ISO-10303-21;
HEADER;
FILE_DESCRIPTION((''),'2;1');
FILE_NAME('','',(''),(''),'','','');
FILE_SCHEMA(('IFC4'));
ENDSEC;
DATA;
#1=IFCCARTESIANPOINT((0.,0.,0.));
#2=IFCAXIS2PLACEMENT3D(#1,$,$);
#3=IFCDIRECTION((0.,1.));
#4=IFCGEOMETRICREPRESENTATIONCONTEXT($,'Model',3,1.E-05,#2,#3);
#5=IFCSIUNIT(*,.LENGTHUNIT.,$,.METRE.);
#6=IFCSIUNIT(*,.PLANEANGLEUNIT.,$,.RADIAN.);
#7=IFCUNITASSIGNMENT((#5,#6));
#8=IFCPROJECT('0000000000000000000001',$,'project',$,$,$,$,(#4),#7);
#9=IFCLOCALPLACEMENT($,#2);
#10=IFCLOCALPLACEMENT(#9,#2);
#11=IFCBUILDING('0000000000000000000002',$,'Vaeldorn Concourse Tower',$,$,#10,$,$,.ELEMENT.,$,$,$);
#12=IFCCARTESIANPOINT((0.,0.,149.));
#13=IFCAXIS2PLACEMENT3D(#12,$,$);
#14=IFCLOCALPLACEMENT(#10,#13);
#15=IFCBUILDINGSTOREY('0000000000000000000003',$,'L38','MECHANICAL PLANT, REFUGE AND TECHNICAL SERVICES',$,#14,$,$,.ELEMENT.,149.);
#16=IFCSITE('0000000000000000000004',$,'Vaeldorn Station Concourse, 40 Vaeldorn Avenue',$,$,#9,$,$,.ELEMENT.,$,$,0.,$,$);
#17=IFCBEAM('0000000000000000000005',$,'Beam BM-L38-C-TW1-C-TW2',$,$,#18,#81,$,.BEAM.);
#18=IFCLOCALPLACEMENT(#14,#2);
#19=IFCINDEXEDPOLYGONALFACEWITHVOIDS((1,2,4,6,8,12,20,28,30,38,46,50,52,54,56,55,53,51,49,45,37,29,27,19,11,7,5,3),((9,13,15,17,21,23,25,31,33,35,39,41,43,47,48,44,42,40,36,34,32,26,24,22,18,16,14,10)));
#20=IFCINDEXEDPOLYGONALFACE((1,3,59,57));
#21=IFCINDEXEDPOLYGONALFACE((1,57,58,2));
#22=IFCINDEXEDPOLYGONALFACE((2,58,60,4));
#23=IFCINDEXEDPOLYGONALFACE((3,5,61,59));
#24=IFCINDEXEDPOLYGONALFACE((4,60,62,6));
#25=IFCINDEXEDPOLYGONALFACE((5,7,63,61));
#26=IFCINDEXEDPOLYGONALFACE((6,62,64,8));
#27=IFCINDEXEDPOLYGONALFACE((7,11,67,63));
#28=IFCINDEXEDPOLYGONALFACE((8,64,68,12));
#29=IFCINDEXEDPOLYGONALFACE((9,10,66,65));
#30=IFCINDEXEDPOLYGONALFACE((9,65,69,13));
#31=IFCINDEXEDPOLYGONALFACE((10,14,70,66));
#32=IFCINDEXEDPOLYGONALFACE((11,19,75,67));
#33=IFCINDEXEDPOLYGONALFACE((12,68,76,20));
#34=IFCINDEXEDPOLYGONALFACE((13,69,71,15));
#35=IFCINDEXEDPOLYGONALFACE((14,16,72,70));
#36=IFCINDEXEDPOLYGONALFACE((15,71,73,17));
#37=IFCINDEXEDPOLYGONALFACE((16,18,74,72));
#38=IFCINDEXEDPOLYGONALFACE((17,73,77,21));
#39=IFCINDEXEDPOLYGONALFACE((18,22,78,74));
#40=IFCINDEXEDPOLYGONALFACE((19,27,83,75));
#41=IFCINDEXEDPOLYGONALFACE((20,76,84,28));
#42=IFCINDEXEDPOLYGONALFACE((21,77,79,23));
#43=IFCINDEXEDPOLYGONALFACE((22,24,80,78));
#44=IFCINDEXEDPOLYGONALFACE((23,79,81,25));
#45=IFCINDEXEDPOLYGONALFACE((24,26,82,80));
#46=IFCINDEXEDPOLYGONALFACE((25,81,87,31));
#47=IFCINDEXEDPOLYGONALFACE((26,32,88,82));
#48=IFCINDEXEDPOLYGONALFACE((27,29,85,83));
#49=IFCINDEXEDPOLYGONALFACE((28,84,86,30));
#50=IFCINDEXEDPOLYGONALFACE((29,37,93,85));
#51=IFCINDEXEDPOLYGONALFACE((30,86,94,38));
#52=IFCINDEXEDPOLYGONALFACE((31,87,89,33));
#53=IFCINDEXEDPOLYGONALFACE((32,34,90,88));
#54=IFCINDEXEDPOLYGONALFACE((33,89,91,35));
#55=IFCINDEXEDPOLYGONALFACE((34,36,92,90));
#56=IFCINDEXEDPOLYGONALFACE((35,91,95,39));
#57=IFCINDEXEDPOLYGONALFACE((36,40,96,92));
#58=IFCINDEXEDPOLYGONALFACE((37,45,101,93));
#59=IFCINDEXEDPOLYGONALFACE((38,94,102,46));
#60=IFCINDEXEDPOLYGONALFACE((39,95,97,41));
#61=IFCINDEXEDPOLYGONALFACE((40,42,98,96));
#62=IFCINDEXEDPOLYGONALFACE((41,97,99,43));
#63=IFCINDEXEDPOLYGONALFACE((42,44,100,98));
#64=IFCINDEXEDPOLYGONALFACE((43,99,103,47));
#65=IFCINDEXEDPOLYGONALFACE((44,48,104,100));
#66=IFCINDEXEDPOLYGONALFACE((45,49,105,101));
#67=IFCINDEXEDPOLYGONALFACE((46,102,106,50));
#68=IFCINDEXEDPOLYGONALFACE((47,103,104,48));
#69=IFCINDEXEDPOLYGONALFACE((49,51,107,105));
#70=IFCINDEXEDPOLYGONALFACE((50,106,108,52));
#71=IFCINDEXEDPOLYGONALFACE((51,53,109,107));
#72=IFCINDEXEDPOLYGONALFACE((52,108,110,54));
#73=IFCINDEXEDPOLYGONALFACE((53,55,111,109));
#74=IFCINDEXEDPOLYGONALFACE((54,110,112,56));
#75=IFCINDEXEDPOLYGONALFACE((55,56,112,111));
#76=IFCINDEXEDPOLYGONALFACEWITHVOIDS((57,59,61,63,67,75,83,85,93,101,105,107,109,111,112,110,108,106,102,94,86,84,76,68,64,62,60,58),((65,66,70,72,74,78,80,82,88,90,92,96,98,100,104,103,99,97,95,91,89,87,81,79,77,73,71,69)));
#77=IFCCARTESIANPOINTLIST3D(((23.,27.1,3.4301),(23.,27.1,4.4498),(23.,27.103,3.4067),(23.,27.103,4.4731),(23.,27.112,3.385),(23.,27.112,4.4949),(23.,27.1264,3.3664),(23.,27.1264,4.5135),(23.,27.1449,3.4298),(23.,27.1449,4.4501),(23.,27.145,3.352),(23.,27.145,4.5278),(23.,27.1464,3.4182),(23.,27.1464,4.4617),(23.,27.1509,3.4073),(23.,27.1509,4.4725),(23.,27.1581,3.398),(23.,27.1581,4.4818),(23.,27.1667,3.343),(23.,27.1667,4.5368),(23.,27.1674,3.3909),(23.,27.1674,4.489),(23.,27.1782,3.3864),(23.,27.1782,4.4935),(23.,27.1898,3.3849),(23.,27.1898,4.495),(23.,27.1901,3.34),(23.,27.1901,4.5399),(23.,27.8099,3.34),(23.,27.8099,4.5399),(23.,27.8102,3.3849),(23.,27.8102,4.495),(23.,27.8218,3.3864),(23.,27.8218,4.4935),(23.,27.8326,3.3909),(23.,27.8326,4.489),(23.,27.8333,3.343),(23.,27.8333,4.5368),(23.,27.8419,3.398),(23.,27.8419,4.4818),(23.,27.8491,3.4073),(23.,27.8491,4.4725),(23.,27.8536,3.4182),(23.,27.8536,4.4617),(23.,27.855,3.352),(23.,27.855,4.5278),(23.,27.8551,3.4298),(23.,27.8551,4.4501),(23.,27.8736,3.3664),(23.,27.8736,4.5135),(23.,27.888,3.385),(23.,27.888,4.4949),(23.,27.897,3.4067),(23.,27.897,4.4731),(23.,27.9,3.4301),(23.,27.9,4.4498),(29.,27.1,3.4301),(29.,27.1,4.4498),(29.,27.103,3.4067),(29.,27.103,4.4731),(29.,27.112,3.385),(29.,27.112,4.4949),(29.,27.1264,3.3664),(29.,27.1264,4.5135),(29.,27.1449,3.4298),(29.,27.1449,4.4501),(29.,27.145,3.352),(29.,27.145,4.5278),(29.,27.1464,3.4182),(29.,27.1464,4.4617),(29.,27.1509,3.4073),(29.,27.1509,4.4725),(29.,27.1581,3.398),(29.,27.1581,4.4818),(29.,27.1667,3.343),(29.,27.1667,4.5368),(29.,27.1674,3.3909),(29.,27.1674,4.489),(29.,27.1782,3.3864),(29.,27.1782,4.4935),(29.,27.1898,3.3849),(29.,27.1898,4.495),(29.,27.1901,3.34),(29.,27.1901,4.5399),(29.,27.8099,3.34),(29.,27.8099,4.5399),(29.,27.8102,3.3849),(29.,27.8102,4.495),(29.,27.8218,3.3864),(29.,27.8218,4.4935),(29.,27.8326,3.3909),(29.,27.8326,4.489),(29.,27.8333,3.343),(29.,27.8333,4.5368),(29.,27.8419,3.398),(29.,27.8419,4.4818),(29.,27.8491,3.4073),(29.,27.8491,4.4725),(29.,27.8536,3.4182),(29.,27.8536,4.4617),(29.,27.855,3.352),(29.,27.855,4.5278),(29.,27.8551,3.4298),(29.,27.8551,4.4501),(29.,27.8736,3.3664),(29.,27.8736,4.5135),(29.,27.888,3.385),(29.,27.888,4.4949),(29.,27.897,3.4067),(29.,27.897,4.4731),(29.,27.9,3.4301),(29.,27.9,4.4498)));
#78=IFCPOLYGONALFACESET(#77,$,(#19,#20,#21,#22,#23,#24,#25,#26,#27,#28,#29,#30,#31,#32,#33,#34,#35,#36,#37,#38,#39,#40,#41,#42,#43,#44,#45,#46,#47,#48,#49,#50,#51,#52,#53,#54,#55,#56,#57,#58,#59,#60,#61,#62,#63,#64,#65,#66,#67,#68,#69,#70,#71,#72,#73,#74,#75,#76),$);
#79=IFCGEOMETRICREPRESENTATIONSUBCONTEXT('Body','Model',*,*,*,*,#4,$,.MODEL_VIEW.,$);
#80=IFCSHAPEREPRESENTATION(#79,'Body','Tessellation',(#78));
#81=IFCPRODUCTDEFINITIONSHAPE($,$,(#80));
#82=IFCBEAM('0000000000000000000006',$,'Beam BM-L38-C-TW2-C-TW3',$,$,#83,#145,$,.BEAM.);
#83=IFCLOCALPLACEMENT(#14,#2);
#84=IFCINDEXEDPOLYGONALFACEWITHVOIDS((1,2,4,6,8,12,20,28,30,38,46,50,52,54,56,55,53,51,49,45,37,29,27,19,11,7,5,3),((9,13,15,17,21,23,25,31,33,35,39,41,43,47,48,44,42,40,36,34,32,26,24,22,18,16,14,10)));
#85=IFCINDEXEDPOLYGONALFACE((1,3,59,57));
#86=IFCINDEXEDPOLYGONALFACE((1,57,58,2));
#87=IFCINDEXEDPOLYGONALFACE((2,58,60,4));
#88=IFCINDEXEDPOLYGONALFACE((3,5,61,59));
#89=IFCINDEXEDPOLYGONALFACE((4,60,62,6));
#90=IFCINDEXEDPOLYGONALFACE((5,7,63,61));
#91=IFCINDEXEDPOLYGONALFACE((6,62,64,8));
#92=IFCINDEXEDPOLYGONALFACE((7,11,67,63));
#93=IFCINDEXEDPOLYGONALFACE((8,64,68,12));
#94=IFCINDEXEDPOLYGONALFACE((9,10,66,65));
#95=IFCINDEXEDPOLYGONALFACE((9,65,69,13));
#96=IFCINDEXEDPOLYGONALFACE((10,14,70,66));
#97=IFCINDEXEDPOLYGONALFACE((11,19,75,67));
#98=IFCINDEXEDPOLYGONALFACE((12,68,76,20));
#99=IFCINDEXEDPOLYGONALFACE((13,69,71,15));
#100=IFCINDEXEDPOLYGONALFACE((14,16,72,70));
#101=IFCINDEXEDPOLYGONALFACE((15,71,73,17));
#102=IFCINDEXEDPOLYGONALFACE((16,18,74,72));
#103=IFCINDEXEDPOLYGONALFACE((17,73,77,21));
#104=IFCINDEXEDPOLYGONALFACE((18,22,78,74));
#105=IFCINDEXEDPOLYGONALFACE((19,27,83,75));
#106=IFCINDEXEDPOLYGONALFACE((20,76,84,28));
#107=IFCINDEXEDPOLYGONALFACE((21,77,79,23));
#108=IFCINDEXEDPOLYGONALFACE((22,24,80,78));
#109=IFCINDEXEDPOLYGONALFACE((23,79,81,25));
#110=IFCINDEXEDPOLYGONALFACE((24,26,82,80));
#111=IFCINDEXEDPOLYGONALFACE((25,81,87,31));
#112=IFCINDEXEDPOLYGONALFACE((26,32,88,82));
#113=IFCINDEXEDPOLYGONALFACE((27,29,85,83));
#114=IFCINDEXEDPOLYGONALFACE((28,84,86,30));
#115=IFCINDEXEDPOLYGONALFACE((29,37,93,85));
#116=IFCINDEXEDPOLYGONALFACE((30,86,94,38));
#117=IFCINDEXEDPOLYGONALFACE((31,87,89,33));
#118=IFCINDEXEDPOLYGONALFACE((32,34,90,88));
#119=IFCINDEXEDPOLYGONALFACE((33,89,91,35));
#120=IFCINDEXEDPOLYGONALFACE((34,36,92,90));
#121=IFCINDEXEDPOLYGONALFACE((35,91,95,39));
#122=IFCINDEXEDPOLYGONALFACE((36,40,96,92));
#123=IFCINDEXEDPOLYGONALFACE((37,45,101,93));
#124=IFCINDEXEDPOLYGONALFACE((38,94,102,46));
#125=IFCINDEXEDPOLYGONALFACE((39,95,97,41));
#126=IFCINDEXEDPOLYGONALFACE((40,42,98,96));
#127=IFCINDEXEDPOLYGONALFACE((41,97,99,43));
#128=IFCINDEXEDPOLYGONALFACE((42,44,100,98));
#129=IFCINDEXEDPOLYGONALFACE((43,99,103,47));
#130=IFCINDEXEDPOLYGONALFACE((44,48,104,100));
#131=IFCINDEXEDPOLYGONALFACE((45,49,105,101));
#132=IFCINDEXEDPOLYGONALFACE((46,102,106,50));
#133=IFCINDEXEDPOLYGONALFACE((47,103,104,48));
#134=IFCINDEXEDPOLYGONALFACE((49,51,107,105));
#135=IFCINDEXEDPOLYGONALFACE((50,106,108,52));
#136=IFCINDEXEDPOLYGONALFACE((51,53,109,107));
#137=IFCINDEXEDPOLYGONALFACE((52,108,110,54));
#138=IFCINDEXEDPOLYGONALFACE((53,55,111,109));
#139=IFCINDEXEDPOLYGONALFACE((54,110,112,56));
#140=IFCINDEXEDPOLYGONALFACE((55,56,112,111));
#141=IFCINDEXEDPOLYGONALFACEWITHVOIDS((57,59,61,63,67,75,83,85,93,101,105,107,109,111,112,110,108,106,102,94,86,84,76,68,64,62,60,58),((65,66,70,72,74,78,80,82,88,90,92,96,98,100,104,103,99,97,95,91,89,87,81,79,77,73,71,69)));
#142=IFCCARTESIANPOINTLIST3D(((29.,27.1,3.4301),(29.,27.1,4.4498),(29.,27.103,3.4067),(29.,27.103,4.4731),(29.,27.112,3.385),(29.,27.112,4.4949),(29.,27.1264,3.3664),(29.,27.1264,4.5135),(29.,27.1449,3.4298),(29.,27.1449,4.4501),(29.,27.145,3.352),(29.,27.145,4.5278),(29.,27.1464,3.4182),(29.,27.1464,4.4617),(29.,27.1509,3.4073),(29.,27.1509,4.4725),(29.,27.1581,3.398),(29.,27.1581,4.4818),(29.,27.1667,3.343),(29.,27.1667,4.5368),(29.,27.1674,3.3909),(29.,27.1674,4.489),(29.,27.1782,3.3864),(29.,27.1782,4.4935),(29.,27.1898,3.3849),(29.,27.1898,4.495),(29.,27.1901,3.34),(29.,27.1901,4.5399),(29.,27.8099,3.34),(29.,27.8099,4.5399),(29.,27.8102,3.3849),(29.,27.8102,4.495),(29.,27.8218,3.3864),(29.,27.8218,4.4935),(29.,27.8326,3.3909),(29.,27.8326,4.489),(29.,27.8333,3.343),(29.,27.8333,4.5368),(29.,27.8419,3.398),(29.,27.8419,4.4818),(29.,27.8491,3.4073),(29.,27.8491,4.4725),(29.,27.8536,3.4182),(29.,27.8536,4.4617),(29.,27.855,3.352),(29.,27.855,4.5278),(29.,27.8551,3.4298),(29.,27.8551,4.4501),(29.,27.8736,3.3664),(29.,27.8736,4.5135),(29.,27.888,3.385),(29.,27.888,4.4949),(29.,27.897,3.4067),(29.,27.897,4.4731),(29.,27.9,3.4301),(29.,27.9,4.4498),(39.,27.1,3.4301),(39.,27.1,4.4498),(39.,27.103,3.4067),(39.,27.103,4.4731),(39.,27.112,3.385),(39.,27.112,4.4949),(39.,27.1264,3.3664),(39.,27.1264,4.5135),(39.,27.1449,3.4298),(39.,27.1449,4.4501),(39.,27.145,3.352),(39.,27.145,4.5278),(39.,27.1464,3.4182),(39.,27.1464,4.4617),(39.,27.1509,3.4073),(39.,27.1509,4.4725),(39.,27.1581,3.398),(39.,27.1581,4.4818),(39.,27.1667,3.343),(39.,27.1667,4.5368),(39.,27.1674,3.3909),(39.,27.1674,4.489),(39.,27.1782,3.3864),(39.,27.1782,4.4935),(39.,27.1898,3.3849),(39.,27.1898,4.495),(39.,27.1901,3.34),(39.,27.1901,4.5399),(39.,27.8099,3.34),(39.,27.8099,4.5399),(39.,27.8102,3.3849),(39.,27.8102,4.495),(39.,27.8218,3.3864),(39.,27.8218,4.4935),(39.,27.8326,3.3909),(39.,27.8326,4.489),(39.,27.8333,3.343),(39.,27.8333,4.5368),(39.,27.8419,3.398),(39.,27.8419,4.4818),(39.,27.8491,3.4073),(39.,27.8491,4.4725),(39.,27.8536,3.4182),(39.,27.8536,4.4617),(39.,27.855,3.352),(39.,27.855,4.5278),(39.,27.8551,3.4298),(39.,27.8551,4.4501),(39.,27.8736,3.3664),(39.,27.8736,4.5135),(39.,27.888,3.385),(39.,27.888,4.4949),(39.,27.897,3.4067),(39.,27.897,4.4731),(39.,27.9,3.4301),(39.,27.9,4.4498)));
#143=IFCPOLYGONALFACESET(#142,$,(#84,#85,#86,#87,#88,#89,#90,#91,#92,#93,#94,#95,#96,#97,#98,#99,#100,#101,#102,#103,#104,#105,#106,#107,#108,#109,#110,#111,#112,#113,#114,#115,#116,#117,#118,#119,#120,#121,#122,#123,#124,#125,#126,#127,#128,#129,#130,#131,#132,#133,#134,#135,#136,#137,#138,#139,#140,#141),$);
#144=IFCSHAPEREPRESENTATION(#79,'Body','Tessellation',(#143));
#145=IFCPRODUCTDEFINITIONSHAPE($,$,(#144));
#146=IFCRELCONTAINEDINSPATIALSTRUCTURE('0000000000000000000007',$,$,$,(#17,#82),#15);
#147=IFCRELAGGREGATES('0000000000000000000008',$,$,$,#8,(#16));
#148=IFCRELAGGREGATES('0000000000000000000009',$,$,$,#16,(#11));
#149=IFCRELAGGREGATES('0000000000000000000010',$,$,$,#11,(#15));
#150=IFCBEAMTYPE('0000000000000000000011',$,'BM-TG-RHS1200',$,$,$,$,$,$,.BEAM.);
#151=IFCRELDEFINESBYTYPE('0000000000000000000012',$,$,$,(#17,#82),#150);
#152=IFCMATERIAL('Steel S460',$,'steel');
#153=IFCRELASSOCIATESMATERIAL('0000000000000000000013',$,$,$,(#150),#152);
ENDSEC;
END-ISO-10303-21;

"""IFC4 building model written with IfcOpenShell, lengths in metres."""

from ifc_helpers import new_model, si_unit, direction, frame, origin, origin_2d, place, context, subcontext, project, spatial, hollow_rectangle, extrude, source, transform, mapped, material, material_profile, profile_set, type_object, element, save


model = new_model("IFC4")

# Units and contexts
model_context = context("Model", 3, precision=1e-05, world=origin(), true_north=direction((0.0, 1.0)))
body_context = subcontext(model_context, "Body", "Model", "MODEL_VIEW")
ifc_project = project(units=[si_unit("LENGTHUNIT", "METRE"), si_unit("PLANEANGLEUNIT", "RADIAN")], contexts=[model_context])

# Site, building, storey
site_placement = place(None, origin())
site = spatial("IfcSite", under=ifc_project, at=site_placement, Name="Vaeldorn Station Concourse, 40 Vaeldorn Avenue", CompositionType="ELEMENT", RefElevation=0.0)
building_placement = place(site_placement, origin())
building = spatial("IfcBuilding", under=site, at=building_placement, Name="Vaeldorn Concourse Tower", CompositionType="ELEMENT")
storey_placement = place(building_placement, frame((0.0, 0.0, 149.0)))
storey = spatial("IfcBuildingStorey", under=building, at=storey_placement, Name="L38", Description="MECHANICAL PLANT, REFUGE AND TECHNICAL SERVICES", CompositionType="ELEMENT", Elevation=149.0)

# Shared definitions
ifc_material_1 = material(Name="Steel S460", Category="steel")

# Beams
ifc_material_profile_1 = material_profile(ifc_material_1, hollow_rectangle(XDim=0.8, YDim=1.2, WallThickness=0.0449, InnerFilletRadius=0.0449, OuterFilletRadius=0.0901, at=origin_2d()), Name="RHS 1200x800x45")
ifc_profile_set_1 = profile_set([ifc_material_profile_1], Name="Steel S460")
beam_type_1 = type_object("IfcBeamType", Name="BM-TG-RHS1200", PredefinedType="BEAM", material=ifc_profile_set_1)
shared_shape_1 = source(origin(), body_context, "Body", "SweptSolid", [
    extrude(hollow_rectangle(XDim=0.8, YDim=1.2, WallThickness=0.0449, InnerFilletRadius=0.0449, OuterFilletRadius=0.0901, at=origin_2d()), origin(), (0.0, 0.0, 1.0), 6.0),
])
beam_1_placement = place(storey_placement, frame((23.0, 27.5, 3.9399), z_axis=(1.0, 0.0, 0.0), x_axis=(0.0, 1.0, 0.0)))
element("IfcBeam", 1, at=beam_1_placement, inside=storey, type_object=beam_type_1, Name="Beam BM-L38-C-TW1-C-TW2", PredefinedType="BEAM", context=body_context, shape_type="MappedRepresentation", body=[
    mapped(shared_shape_1, transform((0.0, 0.0, 0.0), scale=1.0)),
])
shared_shape_2 = source(origin(), body_context, "Body", "SweptSolid", [
    extrude(hollow_rectangle(XDim=0.8, YDim=1.2, WallThickness=0.0449, InnerFilletRadius=0.0449, OuterFilletRadius=0.0901, at=origin_2d()), origin(), (0.0, 0.0, 1.0), 10.0),
])
for number, where, z_axis, x_axis, name in (
    (2, (29.0, 27.5, 3.9399), (1.0, 0.0, 0.0), (0.0, 1.0, 0.0), "Beam BM-L38-C-TW2-C-TW3"),
):
    element("IfcBeam", number, at=place(storey_placement, frame(where, z_axis=z_axis, x_axis=x_axis)), inside=storey, type_object=beam_type_1, Name=name, PredefinedType="BEAM", context=body_context, shape_type="MappedRepresentation", body=[
        mapped(shared_shape_2, transform((0.0, 0.0, 0.0), scale=1.0)),
    ])

save(model, "model.ifc")
